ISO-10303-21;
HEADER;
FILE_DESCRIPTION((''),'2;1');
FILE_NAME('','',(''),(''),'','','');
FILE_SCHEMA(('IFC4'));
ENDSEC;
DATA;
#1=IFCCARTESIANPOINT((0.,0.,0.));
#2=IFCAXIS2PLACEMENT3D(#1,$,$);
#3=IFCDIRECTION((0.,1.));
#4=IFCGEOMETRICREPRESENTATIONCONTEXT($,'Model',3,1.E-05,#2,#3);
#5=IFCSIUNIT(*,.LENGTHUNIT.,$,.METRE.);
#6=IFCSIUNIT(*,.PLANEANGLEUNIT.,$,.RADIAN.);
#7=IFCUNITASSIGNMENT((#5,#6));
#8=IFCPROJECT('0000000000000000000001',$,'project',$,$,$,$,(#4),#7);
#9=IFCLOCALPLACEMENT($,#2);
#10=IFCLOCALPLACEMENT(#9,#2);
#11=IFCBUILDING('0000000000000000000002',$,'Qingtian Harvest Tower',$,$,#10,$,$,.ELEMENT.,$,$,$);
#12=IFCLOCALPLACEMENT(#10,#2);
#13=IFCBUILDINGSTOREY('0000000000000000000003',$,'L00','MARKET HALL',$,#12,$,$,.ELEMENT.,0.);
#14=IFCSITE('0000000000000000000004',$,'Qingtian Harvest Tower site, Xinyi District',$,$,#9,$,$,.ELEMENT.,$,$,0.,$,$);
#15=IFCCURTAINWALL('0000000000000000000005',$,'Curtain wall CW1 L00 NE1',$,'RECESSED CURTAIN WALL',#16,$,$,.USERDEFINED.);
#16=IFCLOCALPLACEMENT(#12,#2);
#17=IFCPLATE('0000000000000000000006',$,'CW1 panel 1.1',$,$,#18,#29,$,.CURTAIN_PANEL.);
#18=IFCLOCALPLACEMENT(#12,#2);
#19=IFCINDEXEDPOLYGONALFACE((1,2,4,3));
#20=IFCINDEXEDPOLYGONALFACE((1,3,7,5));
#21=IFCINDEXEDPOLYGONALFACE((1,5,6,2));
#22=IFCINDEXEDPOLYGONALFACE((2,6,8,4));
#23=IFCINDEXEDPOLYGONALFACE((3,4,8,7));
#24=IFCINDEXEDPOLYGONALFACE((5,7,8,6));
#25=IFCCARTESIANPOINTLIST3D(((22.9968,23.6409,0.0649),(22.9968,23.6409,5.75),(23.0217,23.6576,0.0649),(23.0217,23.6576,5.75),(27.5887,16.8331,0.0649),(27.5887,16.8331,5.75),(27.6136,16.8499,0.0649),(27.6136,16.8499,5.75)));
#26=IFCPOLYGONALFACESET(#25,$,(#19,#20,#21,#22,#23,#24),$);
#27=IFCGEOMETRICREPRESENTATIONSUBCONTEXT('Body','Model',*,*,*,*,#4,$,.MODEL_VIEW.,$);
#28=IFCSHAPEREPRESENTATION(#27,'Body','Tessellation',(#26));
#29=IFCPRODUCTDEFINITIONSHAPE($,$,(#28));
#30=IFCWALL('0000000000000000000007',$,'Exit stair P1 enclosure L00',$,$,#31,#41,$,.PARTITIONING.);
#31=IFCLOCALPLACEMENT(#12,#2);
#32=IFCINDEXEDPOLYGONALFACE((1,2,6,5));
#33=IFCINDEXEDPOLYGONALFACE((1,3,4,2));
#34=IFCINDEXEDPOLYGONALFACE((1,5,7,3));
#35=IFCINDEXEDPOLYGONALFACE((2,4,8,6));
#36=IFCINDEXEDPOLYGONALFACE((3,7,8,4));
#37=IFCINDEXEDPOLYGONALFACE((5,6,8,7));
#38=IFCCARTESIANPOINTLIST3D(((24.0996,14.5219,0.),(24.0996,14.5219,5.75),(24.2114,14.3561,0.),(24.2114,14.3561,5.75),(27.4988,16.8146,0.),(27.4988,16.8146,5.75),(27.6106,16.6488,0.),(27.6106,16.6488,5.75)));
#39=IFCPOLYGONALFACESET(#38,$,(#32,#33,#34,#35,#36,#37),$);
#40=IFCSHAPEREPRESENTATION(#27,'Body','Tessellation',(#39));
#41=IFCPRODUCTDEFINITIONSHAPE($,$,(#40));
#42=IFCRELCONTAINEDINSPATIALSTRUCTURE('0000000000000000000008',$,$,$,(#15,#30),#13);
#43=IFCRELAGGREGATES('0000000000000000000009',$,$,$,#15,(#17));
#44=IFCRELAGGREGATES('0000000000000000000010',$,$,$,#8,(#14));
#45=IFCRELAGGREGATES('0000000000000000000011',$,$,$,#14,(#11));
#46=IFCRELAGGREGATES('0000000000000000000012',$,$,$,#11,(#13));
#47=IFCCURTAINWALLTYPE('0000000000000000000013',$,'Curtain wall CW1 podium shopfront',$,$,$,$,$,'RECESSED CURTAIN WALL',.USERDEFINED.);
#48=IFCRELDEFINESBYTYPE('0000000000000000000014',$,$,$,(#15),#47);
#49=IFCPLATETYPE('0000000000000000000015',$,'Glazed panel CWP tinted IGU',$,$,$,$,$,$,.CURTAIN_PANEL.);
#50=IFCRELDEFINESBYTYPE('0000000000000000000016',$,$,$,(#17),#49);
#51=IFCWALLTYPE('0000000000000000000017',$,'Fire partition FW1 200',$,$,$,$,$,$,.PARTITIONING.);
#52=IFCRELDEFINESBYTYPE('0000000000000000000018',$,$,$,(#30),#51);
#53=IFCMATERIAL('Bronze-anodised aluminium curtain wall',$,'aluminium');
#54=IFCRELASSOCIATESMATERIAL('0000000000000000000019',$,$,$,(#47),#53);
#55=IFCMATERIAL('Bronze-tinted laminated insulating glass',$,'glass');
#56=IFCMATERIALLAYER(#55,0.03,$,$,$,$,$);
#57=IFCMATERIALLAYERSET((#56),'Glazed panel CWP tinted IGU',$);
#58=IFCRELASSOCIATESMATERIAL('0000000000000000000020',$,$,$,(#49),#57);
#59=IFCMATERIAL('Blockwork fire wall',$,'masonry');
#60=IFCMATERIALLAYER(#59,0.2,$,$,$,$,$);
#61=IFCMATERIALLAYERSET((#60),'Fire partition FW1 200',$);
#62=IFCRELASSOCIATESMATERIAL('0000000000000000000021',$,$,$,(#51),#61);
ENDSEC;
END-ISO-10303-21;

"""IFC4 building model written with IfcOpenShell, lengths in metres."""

from ifc_helpers import new_model, si_unit, direction, frame, frame_2d, origin, origin_2d, place, context, subcontext, project, spatial, rectangle, extrude, material, layer, layer_set, type_object, element, aggregate, save


model = new_model("IFC4")

# Units and contexts
model_context = context("Model", 3, precision=1e-05, world=origin(), true_north=direction((0.0, 1.0)))
body_context = subcontext(model_context, "Body", "Model", "MODEL_VIEW")
ifc_project = project(units=[si_unit("LENGTHUNIT", "METRE"), si_unit("PLANEANGLEUNIT", "RADIAN")], contexts=[model_context])

# Site, building, storey
site_placement = place(None, origin())
site = spatial("IfcSite", under=ifc_project, at=site_placement, Name="Qingtian Harvest Tower site, Xinyi District", CompositionType="ELEMENT", RefElevation=0.0)
building_placement = place(site_placement, origin())
building = spatial("IfcBuilding", under=site, at=building_placement, Name="Qingtian Harvest Tower", CompositionType="ELEMENT")
storey_placement = place(building_placement, origin())
storey = spatial("IfcBuildingStorey", under=building, at=storey_placement, Name="L00", Description="MARKET HALL", CompositionType="ELEMENT", Elevation=0.0)

# Curtain wall
ifc_material_1 = material(Name="Bronze-anodised aluminium curtain wall", Category="aluminium")
curtain_wall_type = type_object("IfcCurtainWallType", Name="Curtain wall CW1 podium shopfront", ElementType="RECESSED CURTAIN WALL", PredefinedType="USERDEFINED", material=ifc_material_1)
curtain_wall_placement = place(storey_placement, origin())
curtain_wall = element("IfcCurtainWall", 1, at=curtain_wall_placement, inside=storey, type_object=curtain_wall_type, Name="Curtain wall CW1 L00 NE1", ObjectType="RECESSED CURTAIN WALL", PredefinedType="USERDEFINED")

# Plate
ifc_material_2 = material(Name="Bronze-tinted laminated insulating glass", Category="glass")
ifc_layer_1 = layer(ifc_material_2, 0.03)
ifc_layer_set_1 = layer_set([ifc_layer_1], Name="Glazed panel CWP tinted IGU")
plate_type = type_object("IfcPlateType", Name="Glazed panel CWP tinted IGU", PredefinedType="CURTAIN_PANEL", material=ifc_layer_set_1)
plate_placement = place(storey_placement, frame((25.3052, 20.2454, 0.0649), z_axis=(0.0, 0.0, 1.0), x_axis=(0.559193, -0.829038, 0.0)))
plate = element("IfcPlate", 2, at=plate_placement, type_object=plate_type, Name="CW1 panel 1.1", PredefinedType="CURTAIN_PANEL", context=body_context, shape_type="SweptSolid", body=[
    extrude(rectangle(XDim=8.2117, YDim=0.03, at=origin_2d()), origin(), (0.0, 0.0, 1.0), 5.6851),
])
aggregate(curtain_wall, [plate])

# Wall
ifc_material_3 = material(Name="Blockwork fire wall", Category="masonry")
ifc_layer_2 = layer(ifc_material_3, 0.2)
ifc_layer_set_2 = layer_set([ifc_layer_2], Name="Fire partition FW1 200")
wall_type_1 = type_object("IfcWallType", Name="Fire partition FW1 200", PredefinedType="PARTITIONING", material=ifc_layer_set_2)
wall_1_placement = place(storey_placement, frame((27.5547, 16.7317, 0.0), z_axis=(0.0, 0.0, 1.0), x_axis=(-0.829043, -0.559185, 0.0)))
element("IfcWall", 3, at=wall_1_placement, inside=storey, type_object=wall_type_1, Name="Exit stair P1 enclosure L00", PredefinedType="PARTITIONING", context=body_context, shape_type="SweptSolid", body=[
    extrude(rectangle(XDim=4.1001, YDim=0.2, at=frame_2d((2.05, 0.0))), origin(), (0.0, 0.0, 1.0), 5.75),
])

save(model, "model.ifc")
